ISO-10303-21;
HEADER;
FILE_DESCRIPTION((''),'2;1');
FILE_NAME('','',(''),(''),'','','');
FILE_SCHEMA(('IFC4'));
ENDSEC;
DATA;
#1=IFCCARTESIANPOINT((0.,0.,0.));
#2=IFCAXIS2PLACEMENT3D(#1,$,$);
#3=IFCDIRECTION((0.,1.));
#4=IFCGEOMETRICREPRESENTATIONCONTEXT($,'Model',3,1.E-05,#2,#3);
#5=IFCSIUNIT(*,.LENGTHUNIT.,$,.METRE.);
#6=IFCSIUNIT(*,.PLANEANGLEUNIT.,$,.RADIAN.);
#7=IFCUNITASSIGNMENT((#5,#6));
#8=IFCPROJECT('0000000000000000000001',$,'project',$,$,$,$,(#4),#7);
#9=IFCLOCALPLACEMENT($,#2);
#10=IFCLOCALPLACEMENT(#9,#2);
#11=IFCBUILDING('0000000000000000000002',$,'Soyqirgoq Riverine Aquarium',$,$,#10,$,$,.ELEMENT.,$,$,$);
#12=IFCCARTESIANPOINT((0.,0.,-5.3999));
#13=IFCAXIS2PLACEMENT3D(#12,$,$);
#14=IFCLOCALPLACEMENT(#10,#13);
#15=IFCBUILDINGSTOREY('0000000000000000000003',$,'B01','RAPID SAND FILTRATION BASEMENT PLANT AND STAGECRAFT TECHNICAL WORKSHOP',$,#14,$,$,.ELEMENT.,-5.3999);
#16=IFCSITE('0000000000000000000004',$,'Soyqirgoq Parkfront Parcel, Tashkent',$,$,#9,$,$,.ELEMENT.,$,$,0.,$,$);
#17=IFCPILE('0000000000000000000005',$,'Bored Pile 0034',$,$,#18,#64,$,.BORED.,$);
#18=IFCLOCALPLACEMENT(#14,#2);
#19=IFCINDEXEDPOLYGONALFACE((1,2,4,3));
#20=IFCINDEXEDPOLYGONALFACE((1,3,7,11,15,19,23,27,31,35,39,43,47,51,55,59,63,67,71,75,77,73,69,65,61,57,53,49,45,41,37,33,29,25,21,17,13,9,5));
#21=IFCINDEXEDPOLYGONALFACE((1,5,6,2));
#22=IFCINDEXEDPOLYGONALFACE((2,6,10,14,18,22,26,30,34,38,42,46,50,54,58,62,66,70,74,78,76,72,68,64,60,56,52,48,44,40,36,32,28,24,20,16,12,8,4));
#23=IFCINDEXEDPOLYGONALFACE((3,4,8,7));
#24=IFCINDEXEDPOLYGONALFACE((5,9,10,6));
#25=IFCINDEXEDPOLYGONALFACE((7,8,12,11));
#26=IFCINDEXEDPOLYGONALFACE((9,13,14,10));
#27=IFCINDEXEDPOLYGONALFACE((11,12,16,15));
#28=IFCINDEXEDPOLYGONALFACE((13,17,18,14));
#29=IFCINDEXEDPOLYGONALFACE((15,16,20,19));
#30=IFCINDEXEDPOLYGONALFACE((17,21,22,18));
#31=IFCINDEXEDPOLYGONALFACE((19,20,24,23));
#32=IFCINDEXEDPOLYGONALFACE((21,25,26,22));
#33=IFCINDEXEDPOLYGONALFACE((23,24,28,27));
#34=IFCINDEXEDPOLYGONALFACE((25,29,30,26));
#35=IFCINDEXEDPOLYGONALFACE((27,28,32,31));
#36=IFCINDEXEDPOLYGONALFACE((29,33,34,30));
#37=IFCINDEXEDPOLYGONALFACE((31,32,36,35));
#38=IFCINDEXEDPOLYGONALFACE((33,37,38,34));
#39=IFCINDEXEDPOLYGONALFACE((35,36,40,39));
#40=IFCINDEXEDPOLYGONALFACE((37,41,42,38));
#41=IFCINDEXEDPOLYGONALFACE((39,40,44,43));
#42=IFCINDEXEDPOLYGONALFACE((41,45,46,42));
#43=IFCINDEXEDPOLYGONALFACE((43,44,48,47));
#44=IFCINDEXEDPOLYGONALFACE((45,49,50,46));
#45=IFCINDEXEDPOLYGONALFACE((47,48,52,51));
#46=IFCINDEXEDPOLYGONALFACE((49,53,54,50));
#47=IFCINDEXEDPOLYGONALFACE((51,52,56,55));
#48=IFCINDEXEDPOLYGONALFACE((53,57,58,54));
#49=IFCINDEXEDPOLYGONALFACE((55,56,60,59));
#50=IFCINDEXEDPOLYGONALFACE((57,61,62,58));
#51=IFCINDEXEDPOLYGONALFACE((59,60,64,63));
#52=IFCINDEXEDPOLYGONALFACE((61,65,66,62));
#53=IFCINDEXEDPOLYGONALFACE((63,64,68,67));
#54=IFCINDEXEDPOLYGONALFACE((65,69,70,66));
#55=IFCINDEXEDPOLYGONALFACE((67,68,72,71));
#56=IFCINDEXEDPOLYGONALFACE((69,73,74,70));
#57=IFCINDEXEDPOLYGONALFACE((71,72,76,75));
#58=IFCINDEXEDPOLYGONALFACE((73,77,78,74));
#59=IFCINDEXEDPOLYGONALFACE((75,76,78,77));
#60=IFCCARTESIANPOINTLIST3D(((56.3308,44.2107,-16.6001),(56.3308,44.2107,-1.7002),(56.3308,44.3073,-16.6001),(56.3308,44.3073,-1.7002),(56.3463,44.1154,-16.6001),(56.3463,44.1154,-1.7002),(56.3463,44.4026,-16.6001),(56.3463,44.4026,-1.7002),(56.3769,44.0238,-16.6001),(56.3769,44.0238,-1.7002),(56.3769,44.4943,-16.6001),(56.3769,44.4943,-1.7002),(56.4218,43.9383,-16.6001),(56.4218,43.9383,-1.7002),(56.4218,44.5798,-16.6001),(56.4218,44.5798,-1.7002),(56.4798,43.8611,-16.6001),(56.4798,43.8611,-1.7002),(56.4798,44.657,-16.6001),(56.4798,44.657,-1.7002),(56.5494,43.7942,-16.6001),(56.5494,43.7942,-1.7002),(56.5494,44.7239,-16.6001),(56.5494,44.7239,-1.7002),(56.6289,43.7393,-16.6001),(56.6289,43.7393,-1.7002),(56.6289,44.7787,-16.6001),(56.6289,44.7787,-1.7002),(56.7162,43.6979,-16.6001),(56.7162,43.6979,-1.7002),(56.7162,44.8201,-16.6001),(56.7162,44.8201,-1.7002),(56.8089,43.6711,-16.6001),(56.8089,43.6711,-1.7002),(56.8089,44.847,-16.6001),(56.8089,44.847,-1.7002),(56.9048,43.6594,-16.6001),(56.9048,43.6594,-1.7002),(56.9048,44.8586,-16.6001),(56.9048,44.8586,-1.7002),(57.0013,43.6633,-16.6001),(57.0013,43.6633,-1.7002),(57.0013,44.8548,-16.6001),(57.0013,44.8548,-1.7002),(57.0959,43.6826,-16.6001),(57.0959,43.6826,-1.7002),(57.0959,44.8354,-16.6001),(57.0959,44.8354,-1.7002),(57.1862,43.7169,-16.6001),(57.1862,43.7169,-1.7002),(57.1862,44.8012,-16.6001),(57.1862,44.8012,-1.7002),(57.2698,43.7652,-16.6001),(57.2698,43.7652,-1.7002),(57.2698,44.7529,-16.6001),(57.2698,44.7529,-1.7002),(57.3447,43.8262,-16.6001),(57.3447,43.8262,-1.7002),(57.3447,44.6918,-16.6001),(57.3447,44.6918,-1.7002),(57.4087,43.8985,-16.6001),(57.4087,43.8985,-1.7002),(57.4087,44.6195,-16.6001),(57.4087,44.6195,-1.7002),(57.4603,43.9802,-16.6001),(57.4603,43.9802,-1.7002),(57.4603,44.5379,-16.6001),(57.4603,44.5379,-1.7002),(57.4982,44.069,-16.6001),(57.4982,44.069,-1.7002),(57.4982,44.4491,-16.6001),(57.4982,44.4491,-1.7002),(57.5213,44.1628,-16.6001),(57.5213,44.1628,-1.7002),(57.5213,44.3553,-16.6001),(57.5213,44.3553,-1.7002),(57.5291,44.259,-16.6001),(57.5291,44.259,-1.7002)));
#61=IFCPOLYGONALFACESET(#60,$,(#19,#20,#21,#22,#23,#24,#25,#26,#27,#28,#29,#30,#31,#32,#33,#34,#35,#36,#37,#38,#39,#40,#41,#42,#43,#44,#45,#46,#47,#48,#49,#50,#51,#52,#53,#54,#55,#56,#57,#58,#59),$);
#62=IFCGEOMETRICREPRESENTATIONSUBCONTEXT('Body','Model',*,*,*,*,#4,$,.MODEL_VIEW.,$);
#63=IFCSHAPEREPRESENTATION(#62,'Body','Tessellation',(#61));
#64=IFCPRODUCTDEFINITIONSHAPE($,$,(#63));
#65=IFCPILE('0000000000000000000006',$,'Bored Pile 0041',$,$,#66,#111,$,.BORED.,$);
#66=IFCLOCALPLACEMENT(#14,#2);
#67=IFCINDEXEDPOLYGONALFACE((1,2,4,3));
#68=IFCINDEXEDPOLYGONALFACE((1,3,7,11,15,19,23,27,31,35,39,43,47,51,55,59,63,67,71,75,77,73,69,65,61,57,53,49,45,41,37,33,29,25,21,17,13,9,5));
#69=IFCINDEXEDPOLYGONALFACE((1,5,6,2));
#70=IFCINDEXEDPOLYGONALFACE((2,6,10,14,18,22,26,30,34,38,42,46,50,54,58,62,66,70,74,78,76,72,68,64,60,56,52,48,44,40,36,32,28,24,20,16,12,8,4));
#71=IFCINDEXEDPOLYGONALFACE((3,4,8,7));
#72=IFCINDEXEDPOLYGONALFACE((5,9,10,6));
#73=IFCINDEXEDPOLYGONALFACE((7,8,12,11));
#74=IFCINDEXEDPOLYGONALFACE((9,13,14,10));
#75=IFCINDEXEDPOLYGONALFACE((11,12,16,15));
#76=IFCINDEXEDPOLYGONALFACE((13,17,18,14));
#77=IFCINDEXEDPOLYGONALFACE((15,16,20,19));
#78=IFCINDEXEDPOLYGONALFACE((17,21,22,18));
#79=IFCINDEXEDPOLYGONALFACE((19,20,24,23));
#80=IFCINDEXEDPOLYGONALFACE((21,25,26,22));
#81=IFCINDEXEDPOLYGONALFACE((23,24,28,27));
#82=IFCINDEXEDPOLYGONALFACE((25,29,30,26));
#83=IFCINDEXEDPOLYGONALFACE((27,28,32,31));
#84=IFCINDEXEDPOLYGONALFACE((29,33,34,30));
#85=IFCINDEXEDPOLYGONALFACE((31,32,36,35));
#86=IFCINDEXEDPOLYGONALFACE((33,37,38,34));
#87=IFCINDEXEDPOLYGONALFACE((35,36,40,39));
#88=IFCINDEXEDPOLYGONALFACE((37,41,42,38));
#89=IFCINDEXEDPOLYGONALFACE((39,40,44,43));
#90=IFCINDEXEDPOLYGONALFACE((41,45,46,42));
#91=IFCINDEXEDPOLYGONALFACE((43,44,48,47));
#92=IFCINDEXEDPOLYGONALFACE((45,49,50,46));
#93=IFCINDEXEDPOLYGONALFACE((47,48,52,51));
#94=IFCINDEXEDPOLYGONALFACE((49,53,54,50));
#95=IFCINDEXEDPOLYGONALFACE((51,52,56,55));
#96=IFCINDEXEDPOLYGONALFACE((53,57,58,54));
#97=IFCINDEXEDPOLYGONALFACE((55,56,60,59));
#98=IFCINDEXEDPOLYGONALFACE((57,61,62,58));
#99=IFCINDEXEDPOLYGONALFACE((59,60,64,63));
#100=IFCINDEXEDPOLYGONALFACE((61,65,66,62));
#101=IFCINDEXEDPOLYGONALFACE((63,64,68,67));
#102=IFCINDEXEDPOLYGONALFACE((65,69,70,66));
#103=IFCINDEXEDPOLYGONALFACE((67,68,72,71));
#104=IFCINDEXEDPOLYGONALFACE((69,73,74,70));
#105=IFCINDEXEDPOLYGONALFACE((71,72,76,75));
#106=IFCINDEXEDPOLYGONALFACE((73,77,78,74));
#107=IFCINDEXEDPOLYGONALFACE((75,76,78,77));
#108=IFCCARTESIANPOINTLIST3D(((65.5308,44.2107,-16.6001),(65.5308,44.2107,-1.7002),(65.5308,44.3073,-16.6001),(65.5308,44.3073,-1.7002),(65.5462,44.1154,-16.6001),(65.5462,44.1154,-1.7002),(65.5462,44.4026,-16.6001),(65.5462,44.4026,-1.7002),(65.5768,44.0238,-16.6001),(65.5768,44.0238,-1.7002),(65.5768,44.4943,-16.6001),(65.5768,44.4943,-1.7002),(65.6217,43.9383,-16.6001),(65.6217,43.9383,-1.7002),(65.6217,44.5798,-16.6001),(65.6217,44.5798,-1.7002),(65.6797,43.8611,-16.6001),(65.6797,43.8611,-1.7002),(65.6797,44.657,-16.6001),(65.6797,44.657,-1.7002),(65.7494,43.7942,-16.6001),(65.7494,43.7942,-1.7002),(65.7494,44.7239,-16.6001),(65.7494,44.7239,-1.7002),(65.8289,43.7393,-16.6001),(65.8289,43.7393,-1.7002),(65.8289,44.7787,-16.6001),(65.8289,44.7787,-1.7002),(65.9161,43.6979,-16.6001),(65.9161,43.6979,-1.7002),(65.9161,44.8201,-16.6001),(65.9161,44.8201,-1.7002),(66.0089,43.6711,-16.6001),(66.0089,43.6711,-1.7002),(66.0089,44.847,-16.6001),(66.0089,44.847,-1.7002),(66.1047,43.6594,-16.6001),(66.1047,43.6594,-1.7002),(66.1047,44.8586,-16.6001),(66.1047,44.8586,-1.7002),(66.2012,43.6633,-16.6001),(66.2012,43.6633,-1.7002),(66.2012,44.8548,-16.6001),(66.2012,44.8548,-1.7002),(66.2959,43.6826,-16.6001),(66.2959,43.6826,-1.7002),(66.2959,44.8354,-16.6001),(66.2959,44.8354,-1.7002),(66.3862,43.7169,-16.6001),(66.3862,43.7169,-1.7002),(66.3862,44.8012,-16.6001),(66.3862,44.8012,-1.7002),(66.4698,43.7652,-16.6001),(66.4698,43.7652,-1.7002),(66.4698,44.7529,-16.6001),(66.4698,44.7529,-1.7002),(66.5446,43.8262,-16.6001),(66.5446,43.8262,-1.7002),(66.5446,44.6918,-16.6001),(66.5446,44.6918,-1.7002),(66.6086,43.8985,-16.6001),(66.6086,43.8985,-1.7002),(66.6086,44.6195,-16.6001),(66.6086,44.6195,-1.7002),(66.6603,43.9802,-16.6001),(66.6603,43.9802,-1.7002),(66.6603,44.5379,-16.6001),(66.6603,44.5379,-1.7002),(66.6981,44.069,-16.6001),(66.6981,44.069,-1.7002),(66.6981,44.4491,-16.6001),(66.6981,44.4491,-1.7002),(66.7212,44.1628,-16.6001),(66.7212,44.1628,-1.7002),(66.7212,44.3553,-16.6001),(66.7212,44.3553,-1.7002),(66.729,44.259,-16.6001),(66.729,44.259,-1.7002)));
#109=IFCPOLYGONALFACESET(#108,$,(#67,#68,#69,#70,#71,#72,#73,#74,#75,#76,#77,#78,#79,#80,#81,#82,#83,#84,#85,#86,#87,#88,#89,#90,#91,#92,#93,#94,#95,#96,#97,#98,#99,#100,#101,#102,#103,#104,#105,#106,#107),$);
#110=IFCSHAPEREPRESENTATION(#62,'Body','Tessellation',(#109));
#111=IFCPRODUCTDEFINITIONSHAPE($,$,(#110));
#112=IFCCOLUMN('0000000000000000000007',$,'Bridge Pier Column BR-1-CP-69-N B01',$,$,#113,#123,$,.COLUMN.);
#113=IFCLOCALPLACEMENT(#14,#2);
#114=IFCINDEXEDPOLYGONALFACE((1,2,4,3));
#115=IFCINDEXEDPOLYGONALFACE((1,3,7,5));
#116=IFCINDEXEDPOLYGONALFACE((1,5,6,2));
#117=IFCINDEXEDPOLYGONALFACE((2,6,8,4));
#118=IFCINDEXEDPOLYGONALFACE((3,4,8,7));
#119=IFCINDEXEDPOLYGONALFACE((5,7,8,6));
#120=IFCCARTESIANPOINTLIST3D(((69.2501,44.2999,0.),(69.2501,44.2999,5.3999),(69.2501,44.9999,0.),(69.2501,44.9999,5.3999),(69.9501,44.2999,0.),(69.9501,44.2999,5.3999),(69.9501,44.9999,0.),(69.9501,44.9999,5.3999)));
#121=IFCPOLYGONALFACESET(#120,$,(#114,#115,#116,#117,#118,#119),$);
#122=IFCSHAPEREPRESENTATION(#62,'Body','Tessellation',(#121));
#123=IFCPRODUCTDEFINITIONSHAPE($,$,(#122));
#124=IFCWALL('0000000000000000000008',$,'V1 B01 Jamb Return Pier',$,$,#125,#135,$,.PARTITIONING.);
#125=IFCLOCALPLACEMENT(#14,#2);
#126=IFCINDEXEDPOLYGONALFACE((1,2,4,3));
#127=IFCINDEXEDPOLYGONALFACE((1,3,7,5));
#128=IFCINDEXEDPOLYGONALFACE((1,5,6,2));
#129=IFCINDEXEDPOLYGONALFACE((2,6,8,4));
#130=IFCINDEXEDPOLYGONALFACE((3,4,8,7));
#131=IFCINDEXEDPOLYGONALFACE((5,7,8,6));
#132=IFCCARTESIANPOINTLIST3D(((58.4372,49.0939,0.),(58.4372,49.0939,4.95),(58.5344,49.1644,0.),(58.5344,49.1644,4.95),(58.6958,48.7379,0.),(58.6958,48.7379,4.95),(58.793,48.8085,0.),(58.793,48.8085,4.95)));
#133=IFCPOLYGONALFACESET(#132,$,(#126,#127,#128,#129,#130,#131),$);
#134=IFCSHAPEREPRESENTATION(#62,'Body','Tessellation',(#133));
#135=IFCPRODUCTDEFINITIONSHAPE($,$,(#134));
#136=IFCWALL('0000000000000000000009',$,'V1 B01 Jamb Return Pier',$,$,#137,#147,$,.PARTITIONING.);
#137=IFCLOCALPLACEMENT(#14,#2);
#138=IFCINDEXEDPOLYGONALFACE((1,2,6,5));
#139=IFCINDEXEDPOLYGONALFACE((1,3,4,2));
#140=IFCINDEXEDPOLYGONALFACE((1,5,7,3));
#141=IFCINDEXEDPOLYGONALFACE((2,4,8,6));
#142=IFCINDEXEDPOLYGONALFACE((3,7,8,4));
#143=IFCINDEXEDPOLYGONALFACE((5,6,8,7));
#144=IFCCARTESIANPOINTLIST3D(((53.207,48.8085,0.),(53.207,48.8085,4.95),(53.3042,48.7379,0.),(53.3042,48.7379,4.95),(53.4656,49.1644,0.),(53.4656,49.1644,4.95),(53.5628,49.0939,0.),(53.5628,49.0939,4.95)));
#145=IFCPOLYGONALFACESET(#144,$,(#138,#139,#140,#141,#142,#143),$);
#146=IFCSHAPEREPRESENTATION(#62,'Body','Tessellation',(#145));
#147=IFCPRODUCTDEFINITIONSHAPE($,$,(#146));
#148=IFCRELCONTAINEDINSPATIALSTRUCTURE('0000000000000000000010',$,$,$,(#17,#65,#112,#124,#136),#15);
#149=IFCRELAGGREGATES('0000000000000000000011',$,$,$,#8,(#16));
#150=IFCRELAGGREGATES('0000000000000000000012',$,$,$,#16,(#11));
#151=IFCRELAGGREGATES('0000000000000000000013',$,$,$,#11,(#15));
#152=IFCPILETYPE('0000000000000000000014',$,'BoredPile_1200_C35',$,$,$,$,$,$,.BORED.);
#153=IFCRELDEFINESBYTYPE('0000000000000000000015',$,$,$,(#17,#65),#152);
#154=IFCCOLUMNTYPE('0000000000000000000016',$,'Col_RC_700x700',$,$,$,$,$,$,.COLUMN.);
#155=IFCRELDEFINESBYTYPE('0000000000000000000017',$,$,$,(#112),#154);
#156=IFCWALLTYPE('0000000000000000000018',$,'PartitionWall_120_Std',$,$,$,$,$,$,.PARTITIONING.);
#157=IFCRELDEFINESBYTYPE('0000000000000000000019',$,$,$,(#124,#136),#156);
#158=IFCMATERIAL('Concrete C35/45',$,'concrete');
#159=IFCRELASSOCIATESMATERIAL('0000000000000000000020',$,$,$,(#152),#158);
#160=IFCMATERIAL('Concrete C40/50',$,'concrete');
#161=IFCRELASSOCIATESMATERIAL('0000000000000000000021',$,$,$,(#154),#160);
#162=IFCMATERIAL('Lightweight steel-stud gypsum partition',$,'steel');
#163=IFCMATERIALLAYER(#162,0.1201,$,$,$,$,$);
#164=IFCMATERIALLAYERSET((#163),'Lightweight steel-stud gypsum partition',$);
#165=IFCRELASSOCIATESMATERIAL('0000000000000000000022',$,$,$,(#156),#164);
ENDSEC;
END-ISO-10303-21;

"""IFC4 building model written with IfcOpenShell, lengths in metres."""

from ifc_helpers import new_model, si_unit, direction, frame, frame_2d, origin, origin_2d, place, context, subcontext, project, spatial, rectangle, circle, extrude, material, layer, layer_set, material_profile, profile_set, type_object, element, save


model = new_model("IFC4")

# Units and contexts
model_context = context("Model", 3, precision=1e-05, world=origin(), true_north=direction((0.0, 1.0)))
body_context = subcontext(model_context, "Body", "Model", "MODEL_VIEW")
ifc_project = project(units=[si_unit("LENGTHUNIT", "METRE"), si_unit("PLANEANGLEUNIT", "RADIAN")], contexts=[model_context])

# Site, building, storey
site_placement = place(None, origin())
site = spatial("IfcSite", under=ifc_project, at=site_placement, Name="Soyqirgoq Parkfront Parcel, Tashkent", CompositionType="ELEMENT", RefElevation=0.0)
building_placement = place(site_placement, origin())
building = spatial("IfcBuilding", under=site, at=building_placement, Name="Soyqirgoq Riverine Aquarium", CompositionType="ELEMENT")
storey_placement = place(building_placement, frame((0.0, 0.0, -5.3999)))
storey = spatial("IfcBuildingStorey", under=building, at=storey_placement, Name="B01", Description="RAPID SAND FILTRATION BASEMENT PLANT AND STAGECRAFT TECHNICAL WORKSHOP", CompositionType="ELEMENT", Elevation=-5.3999)

# Piles
ifc_material_1 = material(Name="Concrete C35/45", Category="concrete")
ifc_material_profile_1 = material_profile(ifc_material_1, circle(Radius=0.6001, at=origin_2d()), Name="BP D1200")
ifc_profile_set_1 = profile_set([ifc_material_profile_1], Name="Concrete C35/45")
pile_type = type_object("IfcPileType", Name="BoredPile_1200_C35", PredefinedType="BORED", material=ifc_profile_set_1)
for number, where, z_axis, x_axis, name in (
    (1, (56.929, 44.259, -1.7002), (0.0, 0.0, -1.0), (1.0, 0.0, 0.0), "Bored Pile 0034"),
    (2, (66.1289, 44.259, -1.7002), (0.0, 0.0, -1.0), (1.0, 0.0, 0.0), "Bored Pile 0041"),
):
    element("IfcPile", number, at=place(storey_placement, frame(where, z_axis=z_axis, x_axis=x_axis)), inside=storey, type_object=pile_type, Name=name, PredefinedType="BORED", context=body_context, shape_type="SweptSolid", body=[
        extrude(circle(Radius=0.6001, at=origin_2d()), origin(), (0.0, 0.0, 1.0), 14.8999),
    ])

# Column
ifc_material_2 = material(Name="Concrete C40/50", Category="concrete")
ifc_material_profile_2 = material_profile(ifc_material_2, rectangle(XDim=0.7, YDim=0.7, at=origin_2d()), Name="RC 700x700")
ifc_profile_set_2 = profile_set([ifc_material_profile_2], Name="Concrete C40/50")
column_type_1 = type_object("IfcColumnType", Name="Col_RC_700x700", PredefinedType="COLUMN", material=ifc_profile_set_2)
column_1_placement = place(storey_placement, frame((69.6001, 44.6499, 0.0), z_axis=(0.0, 0.0, 1.0), x_axis=(1.0, 0.0, 0.0)))
element("IfcColumn", 3, at=column_1_placement, inside=storey, type_object=column_type_1, Name="Bridge Pier Column BR-1-CP-69-N B01", PredefinedType="COLUMN", context=body_context, shape_type="SweptSolid", body=[
    extrude(rectangle(XDim=0.7, YDim=0.7, at=origin_2d()), origin(), (0.0, 0.0, 1.0), 5.3999),
])

# Walls
ifc_material_3 = material(Name="Lightweight steel-stud gypsum partition", Category="steel")
ifc_layer_1 = layer(ifc_material_3, 0.1201)
ifc_layer_set_1 = layer_set([ifc_layer_1], Name="Lightweight steel-stud gypsum partition")
wall_type_1 = type_object("IfcWallType", Name="PartitionWall_120_Std", PredefinedType="PARTITIONING", material=ifc_layer_set_1)
for number, where, z_axis, x_axis, name in (
    (4, (58.4858, 49.1292, 0.0), (0.0, 0.0, 1.0), (0.587677, -0.809096, 0.0), "V1 B01 Jamb Return Pier"),
    (5, (53.5142, 49.1292, 0.0), (0.0, 0.0, 1.0), (-0.587677, -0.809096, 0.0), "V1 B01 Jamb Return Pier"),
):
    element("IfcWall", number, at=place(storey_placement, frame(where, z_axis=z_axis, x_axis=x_axis)), inside=storey, type_object=wall_type_1, Name=name, PredefinedType="PARTITIONING", context=body_context, shape_type="SweptSolid", body=[
        extrude(rectangle(XDim=0.4399, YDim=0.1201, at=frame_2d((0.22, 0.0))), origin(), (0.0, 0.0, 1.0), 4.95),
    ])

save(model, "model.ifc")
